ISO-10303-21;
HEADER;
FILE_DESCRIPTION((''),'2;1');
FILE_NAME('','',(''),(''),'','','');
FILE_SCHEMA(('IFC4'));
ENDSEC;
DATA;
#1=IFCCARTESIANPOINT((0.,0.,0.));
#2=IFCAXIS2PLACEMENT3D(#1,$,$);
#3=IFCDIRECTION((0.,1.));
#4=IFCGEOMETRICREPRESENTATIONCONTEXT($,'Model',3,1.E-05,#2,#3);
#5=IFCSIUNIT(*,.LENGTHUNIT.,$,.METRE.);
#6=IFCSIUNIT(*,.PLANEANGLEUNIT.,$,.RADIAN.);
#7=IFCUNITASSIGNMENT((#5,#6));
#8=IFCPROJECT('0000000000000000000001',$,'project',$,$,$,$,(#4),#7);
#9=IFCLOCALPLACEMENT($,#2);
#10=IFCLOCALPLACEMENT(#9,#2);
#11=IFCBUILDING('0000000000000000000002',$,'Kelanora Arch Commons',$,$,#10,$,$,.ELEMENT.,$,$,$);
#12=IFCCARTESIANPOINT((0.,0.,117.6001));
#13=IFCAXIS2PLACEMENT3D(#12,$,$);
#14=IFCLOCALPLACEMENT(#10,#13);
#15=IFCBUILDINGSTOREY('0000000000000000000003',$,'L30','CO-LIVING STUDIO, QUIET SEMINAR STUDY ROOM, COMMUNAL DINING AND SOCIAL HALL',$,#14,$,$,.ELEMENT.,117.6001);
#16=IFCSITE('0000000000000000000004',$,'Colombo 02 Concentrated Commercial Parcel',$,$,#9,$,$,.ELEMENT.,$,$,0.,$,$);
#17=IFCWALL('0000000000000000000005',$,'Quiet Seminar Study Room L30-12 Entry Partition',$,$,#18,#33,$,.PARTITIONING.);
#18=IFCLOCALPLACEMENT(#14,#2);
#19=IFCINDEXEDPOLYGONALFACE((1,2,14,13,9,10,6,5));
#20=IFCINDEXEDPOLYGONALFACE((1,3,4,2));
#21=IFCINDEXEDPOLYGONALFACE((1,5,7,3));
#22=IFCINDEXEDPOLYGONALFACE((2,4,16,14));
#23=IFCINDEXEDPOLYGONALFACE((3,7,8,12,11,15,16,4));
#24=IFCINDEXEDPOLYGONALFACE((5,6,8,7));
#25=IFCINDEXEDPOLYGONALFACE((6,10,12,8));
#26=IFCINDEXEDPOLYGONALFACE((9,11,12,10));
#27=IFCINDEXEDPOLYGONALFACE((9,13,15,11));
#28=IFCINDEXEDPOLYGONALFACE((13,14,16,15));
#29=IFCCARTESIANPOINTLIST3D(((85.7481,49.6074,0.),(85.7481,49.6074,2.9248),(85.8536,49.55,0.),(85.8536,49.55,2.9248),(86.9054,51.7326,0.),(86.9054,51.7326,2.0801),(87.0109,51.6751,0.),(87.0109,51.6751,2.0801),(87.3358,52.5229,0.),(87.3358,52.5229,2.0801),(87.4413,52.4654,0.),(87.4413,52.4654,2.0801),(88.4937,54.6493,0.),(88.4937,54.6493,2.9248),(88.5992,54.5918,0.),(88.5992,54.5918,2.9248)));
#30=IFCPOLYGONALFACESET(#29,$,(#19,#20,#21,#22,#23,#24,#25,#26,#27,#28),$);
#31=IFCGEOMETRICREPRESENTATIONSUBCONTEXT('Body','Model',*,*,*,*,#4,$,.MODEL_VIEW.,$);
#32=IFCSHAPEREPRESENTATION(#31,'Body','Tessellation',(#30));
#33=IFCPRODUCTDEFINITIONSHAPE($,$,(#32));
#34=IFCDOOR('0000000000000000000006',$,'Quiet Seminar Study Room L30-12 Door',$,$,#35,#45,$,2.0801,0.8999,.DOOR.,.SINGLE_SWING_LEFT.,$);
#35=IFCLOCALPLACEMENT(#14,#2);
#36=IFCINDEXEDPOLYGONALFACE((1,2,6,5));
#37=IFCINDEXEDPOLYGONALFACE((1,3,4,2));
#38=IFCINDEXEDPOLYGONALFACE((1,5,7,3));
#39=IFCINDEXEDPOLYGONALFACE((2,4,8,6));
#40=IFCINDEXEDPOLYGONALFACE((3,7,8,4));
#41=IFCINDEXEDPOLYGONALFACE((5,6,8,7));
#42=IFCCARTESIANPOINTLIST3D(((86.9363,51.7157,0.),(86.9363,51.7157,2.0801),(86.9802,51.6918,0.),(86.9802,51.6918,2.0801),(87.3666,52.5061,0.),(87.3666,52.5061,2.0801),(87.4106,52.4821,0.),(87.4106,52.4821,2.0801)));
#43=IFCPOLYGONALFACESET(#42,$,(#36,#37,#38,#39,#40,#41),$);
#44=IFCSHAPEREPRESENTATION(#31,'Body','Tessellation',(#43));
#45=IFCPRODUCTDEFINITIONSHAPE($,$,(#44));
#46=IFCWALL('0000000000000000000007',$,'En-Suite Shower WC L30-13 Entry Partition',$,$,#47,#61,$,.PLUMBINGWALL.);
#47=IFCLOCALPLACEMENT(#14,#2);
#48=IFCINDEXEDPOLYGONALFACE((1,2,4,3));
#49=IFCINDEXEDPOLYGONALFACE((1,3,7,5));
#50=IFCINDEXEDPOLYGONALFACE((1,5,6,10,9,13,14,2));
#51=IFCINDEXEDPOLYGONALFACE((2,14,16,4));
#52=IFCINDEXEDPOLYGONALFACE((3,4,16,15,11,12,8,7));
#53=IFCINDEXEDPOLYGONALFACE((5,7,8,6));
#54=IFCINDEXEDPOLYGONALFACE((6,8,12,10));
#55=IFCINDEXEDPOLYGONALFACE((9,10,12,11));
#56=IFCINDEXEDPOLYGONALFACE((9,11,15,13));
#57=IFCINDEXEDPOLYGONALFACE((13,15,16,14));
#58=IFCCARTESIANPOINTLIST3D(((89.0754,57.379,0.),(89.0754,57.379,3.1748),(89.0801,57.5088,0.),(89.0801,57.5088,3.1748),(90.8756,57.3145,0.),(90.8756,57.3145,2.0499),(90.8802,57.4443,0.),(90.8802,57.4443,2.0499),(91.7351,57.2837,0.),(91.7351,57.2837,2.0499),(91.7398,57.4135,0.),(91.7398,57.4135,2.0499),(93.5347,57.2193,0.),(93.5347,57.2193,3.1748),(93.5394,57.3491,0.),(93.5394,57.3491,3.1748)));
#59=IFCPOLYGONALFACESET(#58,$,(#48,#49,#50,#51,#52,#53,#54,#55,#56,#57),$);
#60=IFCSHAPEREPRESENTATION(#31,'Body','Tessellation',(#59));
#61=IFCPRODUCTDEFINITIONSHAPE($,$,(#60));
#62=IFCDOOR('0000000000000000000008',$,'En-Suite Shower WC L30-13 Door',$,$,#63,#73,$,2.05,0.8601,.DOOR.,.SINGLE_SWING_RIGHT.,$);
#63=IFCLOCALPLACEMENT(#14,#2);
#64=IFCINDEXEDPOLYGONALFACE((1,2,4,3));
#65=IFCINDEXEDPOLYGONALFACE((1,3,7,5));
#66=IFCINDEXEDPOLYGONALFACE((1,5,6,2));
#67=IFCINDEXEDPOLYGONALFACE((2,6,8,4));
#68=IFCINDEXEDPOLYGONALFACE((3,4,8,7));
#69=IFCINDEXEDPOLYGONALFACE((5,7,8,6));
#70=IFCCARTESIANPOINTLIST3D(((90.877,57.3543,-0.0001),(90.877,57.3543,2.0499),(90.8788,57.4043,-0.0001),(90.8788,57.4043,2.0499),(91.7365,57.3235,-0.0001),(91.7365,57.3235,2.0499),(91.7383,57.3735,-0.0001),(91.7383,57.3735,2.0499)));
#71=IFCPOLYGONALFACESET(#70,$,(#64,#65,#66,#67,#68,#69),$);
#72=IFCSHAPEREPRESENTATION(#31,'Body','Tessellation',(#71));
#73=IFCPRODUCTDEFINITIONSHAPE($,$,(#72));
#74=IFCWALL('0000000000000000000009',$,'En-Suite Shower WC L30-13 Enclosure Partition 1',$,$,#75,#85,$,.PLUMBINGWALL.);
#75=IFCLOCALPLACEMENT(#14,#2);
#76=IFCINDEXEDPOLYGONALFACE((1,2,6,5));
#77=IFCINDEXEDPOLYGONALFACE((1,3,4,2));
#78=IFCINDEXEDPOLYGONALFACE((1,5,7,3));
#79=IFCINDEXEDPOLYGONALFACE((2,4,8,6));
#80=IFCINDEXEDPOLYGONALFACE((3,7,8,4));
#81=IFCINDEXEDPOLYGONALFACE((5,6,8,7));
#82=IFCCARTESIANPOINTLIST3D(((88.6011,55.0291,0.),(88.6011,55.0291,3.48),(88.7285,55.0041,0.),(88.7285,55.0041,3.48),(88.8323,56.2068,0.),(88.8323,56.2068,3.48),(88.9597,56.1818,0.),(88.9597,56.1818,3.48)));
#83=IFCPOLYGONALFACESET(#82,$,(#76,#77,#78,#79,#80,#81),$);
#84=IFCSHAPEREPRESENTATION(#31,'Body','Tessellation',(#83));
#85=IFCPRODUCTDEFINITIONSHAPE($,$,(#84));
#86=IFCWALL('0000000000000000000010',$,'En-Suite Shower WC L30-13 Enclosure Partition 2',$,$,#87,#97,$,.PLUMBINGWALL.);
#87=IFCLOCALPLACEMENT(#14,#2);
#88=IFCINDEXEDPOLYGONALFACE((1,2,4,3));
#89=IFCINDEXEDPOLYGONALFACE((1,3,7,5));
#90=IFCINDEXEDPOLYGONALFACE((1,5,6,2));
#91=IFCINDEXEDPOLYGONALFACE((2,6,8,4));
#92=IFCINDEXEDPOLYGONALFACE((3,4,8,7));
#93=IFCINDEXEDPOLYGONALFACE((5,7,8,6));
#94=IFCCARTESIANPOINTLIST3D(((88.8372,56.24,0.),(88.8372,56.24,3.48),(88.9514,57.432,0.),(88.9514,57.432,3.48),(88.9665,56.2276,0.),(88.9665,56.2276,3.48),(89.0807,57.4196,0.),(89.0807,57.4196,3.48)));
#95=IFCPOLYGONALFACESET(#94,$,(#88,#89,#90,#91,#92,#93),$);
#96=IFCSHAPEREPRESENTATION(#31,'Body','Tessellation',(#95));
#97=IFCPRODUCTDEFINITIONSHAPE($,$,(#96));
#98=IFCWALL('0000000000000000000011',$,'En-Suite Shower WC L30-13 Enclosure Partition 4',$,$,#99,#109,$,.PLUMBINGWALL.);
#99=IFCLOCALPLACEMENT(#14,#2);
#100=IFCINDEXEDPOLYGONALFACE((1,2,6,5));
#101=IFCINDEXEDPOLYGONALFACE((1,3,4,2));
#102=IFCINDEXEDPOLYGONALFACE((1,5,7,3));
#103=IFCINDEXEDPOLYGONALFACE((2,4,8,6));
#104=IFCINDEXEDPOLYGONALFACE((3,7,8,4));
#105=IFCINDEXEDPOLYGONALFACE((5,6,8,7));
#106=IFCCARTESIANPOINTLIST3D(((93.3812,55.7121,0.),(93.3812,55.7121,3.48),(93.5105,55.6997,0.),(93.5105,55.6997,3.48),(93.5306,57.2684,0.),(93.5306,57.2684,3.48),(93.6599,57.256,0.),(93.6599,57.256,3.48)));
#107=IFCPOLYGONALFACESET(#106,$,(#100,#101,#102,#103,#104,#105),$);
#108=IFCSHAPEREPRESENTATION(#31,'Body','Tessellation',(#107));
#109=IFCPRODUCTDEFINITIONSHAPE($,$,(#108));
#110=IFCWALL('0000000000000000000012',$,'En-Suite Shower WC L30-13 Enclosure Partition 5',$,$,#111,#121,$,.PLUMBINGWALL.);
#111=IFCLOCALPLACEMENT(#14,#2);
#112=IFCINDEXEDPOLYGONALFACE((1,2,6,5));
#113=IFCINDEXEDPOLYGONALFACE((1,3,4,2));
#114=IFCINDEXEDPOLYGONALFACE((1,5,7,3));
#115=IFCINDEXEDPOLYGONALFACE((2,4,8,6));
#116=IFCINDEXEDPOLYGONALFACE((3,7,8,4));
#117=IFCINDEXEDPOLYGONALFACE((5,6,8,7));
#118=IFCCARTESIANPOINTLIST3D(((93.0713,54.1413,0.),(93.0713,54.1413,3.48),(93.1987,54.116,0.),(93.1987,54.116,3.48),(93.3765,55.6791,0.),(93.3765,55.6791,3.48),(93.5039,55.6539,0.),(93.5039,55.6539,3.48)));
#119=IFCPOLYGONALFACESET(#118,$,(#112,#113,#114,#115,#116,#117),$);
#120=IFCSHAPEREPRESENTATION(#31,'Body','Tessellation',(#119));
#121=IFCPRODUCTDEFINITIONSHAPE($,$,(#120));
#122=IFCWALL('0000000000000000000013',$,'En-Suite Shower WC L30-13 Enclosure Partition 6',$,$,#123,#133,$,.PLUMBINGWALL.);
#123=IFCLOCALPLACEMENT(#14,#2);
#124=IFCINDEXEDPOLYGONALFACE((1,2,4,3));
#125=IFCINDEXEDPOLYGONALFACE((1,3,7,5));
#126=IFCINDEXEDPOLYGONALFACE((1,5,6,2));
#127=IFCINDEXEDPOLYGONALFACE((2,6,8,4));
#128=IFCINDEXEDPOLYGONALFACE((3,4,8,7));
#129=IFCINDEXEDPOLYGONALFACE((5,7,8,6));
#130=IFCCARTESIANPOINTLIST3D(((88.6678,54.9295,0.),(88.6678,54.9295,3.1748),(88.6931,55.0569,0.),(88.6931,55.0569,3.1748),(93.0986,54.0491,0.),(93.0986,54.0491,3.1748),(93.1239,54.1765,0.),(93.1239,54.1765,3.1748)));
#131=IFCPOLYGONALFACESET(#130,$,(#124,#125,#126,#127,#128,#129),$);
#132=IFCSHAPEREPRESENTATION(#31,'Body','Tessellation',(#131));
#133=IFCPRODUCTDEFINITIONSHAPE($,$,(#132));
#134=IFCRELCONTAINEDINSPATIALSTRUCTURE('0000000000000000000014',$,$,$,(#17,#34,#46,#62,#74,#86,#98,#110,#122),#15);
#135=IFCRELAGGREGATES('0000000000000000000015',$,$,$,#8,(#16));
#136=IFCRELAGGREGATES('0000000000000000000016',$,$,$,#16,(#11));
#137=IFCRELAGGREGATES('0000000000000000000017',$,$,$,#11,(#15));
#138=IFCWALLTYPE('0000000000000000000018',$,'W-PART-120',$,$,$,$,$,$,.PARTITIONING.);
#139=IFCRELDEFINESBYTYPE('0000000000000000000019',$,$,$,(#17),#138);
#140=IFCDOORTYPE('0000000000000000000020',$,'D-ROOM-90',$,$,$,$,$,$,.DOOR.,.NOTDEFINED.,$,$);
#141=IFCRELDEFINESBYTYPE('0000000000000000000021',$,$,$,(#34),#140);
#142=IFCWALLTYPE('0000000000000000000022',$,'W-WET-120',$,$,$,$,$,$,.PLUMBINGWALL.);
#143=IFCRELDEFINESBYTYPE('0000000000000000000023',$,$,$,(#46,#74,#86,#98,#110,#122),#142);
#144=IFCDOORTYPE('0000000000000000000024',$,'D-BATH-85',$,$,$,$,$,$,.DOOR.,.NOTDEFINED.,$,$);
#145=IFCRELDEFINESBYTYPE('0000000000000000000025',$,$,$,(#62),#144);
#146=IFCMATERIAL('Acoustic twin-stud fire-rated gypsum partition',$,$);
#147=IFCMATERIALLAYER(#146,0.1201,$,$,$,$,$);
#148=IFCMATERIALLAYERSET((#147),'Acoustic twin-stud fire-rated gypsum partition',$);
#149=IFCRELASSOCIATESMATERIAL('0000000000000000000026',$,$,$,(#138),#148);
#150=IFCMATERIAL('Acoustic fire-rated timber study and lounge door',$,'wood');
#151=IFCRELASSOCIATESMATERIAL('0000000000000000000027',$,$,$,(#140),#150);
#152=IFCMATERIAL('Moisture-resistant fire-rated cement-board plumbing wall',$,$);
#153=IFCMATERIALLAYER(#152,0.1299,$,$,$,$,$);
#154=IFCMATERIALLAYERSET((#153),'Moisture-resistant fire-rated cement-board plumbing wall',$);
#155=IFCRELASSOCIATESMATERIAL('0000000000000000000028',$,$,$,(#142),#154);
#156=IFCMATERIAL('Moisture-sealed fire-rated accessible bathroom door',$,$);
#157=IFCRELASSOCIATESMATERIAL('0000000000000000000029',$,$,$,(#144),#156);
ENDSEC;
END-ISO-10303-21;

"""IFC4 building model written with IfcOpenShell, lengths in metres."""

from ifc_helpers import new_model, si_unit, direction, frame, frame_2d, origin, place, context, subcontext, project, spatial, rectangle, extrude, material, layer, layer_set, type_object, element, fill, save


model = new_model("IFC4")

# Units and contexts
model_context = context("Model", 3, precision=1e-05, world=origin(), true_north=direction((0.0, 1.0)))
body_context = subcontext(model_context, "Body", "Model", "MODEL_VIEW")
ifc_project = project(units=[si_unit("LENGTHUNIT", "METRE"), si_unit("PLANEANGLEUNIT", "RADIAN")], contexts=[model_context])

# Site, building, storey
site_placement = place(None, origin())
site = spatial("IfcSite", under=ifc_project, at=site_placement, Name="Colombo 02 Concentrated Commercial Parcel", CompositionType="ELEMENT", RefElevation=0.0)
building_placement = place(site_placement, origin())
building = spatial("IfcBuilding", under=site, at=building_placement, Name="Kelanora Arch Commons", CompositionType="ELEMENT")
storey_placement = place(building_placement, frame((0.0, 0.0, 117.6001)))
storey = spatial("IfcBuildingStorey", under=building, at=storey_placement, Name="L30", Description="CO-LIVING STUDIO, QUIET SEMINAR STUDY ROOM, COMMUNAL DINING AND SOCIAL HALL", CompositionType="ELEMENT", Elevation=117.6001)

# Walls, openings, doors
ifc_material_1 = material(Name="Acoustic twin-stud fire-rated gypsum partition")
ifc_layer_1 = layer(ifc_material_1, 0.1201)
ifc_layer_set_1 = layer_set([ifc_layer_1], Name="Acoustic twin-stud fire-rated gypsum partition")
wall_type_1 = type_object("IfcWallType", Name="W-PART-120", PredefinedType="PARTITIONING", material=ifc_layer_set_1)
wall_1_placement = place(storey_placement, frame((85.8008, 49.5786, 0.0), z_axis=(0.0, 0.0, 1.0), x_axis=(0.478256, 0.87822, 0.0)))
wall_1 = element("IfcWall", 1, at=wall_1_placement, inside=storey, type_object=wall_type_1, Name="Quiet Seminar Study Room L30-12 Entry Partition", PredefinedType="PARTITIONING", context=body_context, shape_type="SweptSolid", body=[
    extrude(rectangle(XDim=5.741, YDim=0.1201, at=frame_2d((2.8706, 0.0))), origin(), (0.0, 0.0, 1.0), 2.9248),
])
opening_1_placement = place(wall_1_placement, frame((2.4199, 0.0, 0.0)))
opening_1 = element("IfcOpeningElement", 2, at=opening_1_placement, cuts=wall_1, PredefinedType="OPENING", context=body_context, shape_type="SweptSolid", body=[
    extrude(rectangle(XDim=0.8999, YDim=2.0801, at=frame_2d((0.45, 1.04))), frame((0.0, 0.0701, 0.0), z_axis=(0.0, -1.0, 0.0), x_axis=(1.0, 0.0, 0.0)), (0.0, 0.0, 1.0), 0.1401),
])
ifc_material_2 = material(Name="Acoustic fire-rated timber study and lounge door", Category="wood")
door_type_1 = type_object("IfcDoorType", Name="D-ROOM-90", OperationType="NOTDEFINED", PredefinedType="DOOR", material=ifc_material_2)
door_1_placement = place(opening_1_placement, origin())
door_1 = element("IfcDoor", 3, at=door_1_placement, inside=storey, type_object=door_type_1, Name="Quiet Seminar Study Room L30-12 Door", OperationType="SINGLE_SWING_LEFT", OverallHeight=2.0801, OverallWidth=0.8999, PredefinedType="DOOR", context=body_context, shape_type="SweptSolid", body=[
    extrude(rectangle(XDim=0.8999, YDim=2.0801, at=frame_2d((0.45, 1.04))), frame((0.0, 0.0249, 0.0), z_axis=(0.0, -1.0, 0.0), x_axis=(1.0, 0.0, 0.0)), (0.0, 0.0, 1.0), 0.05),
])
fill(opening_1, door_1)
ifc_material_3 = material(Name="Moisture-resistant fire-rated cement-board plumbing wall")
ifc_layer_2 = layer(ifc_material_3, 0.1299)
ifc_layer_set_2 = layer_set([ifc_layer_2], Name="Moisture-resistant fire-rated cement-board plumbing wall")
wall_type_2 = type_object("IfcWallType", Name="W-WET-120", PredefinedType="PLUMBINGWALL", material=ifc_layer_set_2)
wall_2_placement = place(storey_placement, frame((89.0779, 57.4438, 0.0), z_axis=(0.0, 0.0, 1.0), x_axis=(0.99936, -0.035783, 0.0)))
wall_2 = element("IfcWall", 4, at=wall_2_placement, inside=storey, type_object=wall_type_2, Name="En-Suite Shower WC L30-13 Entry Partition", PredefinedType="PLUMBINGWALL", context=body_context, shape_type="SweptSolid", body=[
    extrude(rectangle(XDim=4.4622, YDim=0.1299, at=frame_2d((2.231, 0.0))), origin(), (0.0, 0.0, 1.0), 3.1748),
])
opening_2_placement = place(wall_2_placement, frame((1.801, 0.0, 0.0)))
opening_2 = element("IfcOpeningElement", 5, at=opening_2_placement, cuts=wall_2, PredefinedType="OPENING", context=body_context, shape_type="SweptSolid", body=[
    extrude(rectangle(XDim=0.8601, YDim=2.05, at=frame_2d((0.4302, 1.0249))), frame((0.0, 0.075, 0.0), z_axis=(0.0, -1.0, 0.0), x_axis=(1.0, 0.0, 0.0)), (0.0, 0.0, 1.0), 0.1499),
])
ifc_material_4 = material(Name="Moisture-sealed fire-rated accessible bathroom door")
door_type_2 = type_object("IfcDoorType", Name="D-BATH-85", OperationType="NOTDEFINED", PredefinedType="DOOR", material=ifc_material_4)
door_2_placement = place(opening_2_placement, origin())
door_2 = element("IfcDoor", 6, at=door_2_placement, inside=storey, type_object=door_type_2, Name="En-Suite Shower WC L30-13 Door", OperationType="SINGLE_SWING_RIGHT", OverallHeight=2.05, OverallWidth=0.8601, PredefinedType="DOOR", context=body_context, shape_type="SweptSolid", body=[
    extrude(rectangle(XDim=0.8601, YDim=2.05, at=frame_2d((0.4302, 1.0249))), frame((0.0, 0.0249, 0.0), z_axis=(0.0, -1.0, 0.0), x_axis=(1.0, 0.0, 0.0)), (0.0, 0.0, 1.0), 0.05),
])
fill(opening_2, door_2)

# Walls
wall_3_placement = place(storey_placement, frame((88.6648, 55.0166, 0.0), z_axis=(0.0, 0.0, 1.0), x_axis=(0.192633, 0.981271, 0.0)))
element("IfcWall", 7, at=wall_3_placement, inside=storey, type_object=wall_type_2, Name="En-Suite Shower WC L30-13 Enclosure Partition 1", PredefinedType="PLUMBINGWALL", context=body_context, shape_type="SweptSolid", body=[
    extrude(rectangle(XDim=1.2002, YDim=0.1299, at=frame_2d((0.6001, 0.0))), origin(), (0.0, 0.0, 1.0), 3.48),
])
wall_4_placement = place(storey_placement, frame((88.9019, 56.2339, 0.0), z_axis=(0.0, 0.0, 1.0), x_axis=(0.095406, 0.995438, 0.0)))
element("IfcWall", 8, at=wall_4_placement, inside=storey, type_object=wall_type_2, Name="En-Suite Shower WC L30-13 Enclosure Partition 2", PredefinedType="PLUMBINGWALL", context=body_context, shape_type="SweptSolid", body=[
    extrude(rectangle(XDim=1.1975, YDim=0.1299, at=frame_2d((0.5986, 0.0))), origin(), (0.0, 0.0, 1.0), 3.48),
])
wall_5_placement = place(storey_placement, frame((93.5952, 57.2622, 0.0), z_axis=(0.0, 0.0, 1.0), x_axis=(-0.095561, -0.995424, 0.0)))
element("IfcWall", 9, at=wall_5_placement, inside=storey, type_object=wall_type_2, Name="En-Suite Shower WC L30-13 Enclosure Partition 4", PredefinedType="PLUMBINGWALL", context=body_context, shape_type="SweptSolid", body=[
    extrude(rectangle(XDim=1.5635, YDim=0.1299, at=frame_2d((0.7817, 0.0))), origin(), (0.0, 0.0, 1.0), 3.48),
])
wall_6_placement = place(storey_placement, frame((93.4402, 55.6665, 0.0), z_axis=(0.0, 0.0, 1.0), x_axis=(-0.194649, -0.980873, 0.0)))
element("IfcWall", 10, at=wall_6_placement, inside=storey, type_object=wall_type_2, Name="En-Suite Shower WC L30-13 Enclosure Partition 5", PredefinedType="PLUMBINGWALL", context=body_context, shape_type="SweptSolid", body=[
    extrude(rectangle(XDim=1.5679, YDim=0.1299, at=frame_2d((0.7839, 0.0))), origin(), (0.0, 0.0, 1.0), 3.48),
])
wall_7_placement = place(storey_placement, frame((93.1113, 54.1128, 0.0), z_axis=(0.0, 0.0, 1.0), x_axis=(-0.980825, 0.19489, 0.0)))
element("IfcWall", 11, at=wall_7_placement, inside=storey, type_object=wall_type_2, Name="En-Suite Shower WC L30-13 Enclosure Partition 6", PredefinedType="PLUMBINGWALL", context=body_context, shape_type="SweptSolid", body=[
    extrude(rectangle(XDim=4.5173, YDim=0.1299, at=frame_2d((2.2588, 0.0))), origin(), (0.0, 0.0, 1.0), 3.1748),
])

save(model, "model.ifc")
